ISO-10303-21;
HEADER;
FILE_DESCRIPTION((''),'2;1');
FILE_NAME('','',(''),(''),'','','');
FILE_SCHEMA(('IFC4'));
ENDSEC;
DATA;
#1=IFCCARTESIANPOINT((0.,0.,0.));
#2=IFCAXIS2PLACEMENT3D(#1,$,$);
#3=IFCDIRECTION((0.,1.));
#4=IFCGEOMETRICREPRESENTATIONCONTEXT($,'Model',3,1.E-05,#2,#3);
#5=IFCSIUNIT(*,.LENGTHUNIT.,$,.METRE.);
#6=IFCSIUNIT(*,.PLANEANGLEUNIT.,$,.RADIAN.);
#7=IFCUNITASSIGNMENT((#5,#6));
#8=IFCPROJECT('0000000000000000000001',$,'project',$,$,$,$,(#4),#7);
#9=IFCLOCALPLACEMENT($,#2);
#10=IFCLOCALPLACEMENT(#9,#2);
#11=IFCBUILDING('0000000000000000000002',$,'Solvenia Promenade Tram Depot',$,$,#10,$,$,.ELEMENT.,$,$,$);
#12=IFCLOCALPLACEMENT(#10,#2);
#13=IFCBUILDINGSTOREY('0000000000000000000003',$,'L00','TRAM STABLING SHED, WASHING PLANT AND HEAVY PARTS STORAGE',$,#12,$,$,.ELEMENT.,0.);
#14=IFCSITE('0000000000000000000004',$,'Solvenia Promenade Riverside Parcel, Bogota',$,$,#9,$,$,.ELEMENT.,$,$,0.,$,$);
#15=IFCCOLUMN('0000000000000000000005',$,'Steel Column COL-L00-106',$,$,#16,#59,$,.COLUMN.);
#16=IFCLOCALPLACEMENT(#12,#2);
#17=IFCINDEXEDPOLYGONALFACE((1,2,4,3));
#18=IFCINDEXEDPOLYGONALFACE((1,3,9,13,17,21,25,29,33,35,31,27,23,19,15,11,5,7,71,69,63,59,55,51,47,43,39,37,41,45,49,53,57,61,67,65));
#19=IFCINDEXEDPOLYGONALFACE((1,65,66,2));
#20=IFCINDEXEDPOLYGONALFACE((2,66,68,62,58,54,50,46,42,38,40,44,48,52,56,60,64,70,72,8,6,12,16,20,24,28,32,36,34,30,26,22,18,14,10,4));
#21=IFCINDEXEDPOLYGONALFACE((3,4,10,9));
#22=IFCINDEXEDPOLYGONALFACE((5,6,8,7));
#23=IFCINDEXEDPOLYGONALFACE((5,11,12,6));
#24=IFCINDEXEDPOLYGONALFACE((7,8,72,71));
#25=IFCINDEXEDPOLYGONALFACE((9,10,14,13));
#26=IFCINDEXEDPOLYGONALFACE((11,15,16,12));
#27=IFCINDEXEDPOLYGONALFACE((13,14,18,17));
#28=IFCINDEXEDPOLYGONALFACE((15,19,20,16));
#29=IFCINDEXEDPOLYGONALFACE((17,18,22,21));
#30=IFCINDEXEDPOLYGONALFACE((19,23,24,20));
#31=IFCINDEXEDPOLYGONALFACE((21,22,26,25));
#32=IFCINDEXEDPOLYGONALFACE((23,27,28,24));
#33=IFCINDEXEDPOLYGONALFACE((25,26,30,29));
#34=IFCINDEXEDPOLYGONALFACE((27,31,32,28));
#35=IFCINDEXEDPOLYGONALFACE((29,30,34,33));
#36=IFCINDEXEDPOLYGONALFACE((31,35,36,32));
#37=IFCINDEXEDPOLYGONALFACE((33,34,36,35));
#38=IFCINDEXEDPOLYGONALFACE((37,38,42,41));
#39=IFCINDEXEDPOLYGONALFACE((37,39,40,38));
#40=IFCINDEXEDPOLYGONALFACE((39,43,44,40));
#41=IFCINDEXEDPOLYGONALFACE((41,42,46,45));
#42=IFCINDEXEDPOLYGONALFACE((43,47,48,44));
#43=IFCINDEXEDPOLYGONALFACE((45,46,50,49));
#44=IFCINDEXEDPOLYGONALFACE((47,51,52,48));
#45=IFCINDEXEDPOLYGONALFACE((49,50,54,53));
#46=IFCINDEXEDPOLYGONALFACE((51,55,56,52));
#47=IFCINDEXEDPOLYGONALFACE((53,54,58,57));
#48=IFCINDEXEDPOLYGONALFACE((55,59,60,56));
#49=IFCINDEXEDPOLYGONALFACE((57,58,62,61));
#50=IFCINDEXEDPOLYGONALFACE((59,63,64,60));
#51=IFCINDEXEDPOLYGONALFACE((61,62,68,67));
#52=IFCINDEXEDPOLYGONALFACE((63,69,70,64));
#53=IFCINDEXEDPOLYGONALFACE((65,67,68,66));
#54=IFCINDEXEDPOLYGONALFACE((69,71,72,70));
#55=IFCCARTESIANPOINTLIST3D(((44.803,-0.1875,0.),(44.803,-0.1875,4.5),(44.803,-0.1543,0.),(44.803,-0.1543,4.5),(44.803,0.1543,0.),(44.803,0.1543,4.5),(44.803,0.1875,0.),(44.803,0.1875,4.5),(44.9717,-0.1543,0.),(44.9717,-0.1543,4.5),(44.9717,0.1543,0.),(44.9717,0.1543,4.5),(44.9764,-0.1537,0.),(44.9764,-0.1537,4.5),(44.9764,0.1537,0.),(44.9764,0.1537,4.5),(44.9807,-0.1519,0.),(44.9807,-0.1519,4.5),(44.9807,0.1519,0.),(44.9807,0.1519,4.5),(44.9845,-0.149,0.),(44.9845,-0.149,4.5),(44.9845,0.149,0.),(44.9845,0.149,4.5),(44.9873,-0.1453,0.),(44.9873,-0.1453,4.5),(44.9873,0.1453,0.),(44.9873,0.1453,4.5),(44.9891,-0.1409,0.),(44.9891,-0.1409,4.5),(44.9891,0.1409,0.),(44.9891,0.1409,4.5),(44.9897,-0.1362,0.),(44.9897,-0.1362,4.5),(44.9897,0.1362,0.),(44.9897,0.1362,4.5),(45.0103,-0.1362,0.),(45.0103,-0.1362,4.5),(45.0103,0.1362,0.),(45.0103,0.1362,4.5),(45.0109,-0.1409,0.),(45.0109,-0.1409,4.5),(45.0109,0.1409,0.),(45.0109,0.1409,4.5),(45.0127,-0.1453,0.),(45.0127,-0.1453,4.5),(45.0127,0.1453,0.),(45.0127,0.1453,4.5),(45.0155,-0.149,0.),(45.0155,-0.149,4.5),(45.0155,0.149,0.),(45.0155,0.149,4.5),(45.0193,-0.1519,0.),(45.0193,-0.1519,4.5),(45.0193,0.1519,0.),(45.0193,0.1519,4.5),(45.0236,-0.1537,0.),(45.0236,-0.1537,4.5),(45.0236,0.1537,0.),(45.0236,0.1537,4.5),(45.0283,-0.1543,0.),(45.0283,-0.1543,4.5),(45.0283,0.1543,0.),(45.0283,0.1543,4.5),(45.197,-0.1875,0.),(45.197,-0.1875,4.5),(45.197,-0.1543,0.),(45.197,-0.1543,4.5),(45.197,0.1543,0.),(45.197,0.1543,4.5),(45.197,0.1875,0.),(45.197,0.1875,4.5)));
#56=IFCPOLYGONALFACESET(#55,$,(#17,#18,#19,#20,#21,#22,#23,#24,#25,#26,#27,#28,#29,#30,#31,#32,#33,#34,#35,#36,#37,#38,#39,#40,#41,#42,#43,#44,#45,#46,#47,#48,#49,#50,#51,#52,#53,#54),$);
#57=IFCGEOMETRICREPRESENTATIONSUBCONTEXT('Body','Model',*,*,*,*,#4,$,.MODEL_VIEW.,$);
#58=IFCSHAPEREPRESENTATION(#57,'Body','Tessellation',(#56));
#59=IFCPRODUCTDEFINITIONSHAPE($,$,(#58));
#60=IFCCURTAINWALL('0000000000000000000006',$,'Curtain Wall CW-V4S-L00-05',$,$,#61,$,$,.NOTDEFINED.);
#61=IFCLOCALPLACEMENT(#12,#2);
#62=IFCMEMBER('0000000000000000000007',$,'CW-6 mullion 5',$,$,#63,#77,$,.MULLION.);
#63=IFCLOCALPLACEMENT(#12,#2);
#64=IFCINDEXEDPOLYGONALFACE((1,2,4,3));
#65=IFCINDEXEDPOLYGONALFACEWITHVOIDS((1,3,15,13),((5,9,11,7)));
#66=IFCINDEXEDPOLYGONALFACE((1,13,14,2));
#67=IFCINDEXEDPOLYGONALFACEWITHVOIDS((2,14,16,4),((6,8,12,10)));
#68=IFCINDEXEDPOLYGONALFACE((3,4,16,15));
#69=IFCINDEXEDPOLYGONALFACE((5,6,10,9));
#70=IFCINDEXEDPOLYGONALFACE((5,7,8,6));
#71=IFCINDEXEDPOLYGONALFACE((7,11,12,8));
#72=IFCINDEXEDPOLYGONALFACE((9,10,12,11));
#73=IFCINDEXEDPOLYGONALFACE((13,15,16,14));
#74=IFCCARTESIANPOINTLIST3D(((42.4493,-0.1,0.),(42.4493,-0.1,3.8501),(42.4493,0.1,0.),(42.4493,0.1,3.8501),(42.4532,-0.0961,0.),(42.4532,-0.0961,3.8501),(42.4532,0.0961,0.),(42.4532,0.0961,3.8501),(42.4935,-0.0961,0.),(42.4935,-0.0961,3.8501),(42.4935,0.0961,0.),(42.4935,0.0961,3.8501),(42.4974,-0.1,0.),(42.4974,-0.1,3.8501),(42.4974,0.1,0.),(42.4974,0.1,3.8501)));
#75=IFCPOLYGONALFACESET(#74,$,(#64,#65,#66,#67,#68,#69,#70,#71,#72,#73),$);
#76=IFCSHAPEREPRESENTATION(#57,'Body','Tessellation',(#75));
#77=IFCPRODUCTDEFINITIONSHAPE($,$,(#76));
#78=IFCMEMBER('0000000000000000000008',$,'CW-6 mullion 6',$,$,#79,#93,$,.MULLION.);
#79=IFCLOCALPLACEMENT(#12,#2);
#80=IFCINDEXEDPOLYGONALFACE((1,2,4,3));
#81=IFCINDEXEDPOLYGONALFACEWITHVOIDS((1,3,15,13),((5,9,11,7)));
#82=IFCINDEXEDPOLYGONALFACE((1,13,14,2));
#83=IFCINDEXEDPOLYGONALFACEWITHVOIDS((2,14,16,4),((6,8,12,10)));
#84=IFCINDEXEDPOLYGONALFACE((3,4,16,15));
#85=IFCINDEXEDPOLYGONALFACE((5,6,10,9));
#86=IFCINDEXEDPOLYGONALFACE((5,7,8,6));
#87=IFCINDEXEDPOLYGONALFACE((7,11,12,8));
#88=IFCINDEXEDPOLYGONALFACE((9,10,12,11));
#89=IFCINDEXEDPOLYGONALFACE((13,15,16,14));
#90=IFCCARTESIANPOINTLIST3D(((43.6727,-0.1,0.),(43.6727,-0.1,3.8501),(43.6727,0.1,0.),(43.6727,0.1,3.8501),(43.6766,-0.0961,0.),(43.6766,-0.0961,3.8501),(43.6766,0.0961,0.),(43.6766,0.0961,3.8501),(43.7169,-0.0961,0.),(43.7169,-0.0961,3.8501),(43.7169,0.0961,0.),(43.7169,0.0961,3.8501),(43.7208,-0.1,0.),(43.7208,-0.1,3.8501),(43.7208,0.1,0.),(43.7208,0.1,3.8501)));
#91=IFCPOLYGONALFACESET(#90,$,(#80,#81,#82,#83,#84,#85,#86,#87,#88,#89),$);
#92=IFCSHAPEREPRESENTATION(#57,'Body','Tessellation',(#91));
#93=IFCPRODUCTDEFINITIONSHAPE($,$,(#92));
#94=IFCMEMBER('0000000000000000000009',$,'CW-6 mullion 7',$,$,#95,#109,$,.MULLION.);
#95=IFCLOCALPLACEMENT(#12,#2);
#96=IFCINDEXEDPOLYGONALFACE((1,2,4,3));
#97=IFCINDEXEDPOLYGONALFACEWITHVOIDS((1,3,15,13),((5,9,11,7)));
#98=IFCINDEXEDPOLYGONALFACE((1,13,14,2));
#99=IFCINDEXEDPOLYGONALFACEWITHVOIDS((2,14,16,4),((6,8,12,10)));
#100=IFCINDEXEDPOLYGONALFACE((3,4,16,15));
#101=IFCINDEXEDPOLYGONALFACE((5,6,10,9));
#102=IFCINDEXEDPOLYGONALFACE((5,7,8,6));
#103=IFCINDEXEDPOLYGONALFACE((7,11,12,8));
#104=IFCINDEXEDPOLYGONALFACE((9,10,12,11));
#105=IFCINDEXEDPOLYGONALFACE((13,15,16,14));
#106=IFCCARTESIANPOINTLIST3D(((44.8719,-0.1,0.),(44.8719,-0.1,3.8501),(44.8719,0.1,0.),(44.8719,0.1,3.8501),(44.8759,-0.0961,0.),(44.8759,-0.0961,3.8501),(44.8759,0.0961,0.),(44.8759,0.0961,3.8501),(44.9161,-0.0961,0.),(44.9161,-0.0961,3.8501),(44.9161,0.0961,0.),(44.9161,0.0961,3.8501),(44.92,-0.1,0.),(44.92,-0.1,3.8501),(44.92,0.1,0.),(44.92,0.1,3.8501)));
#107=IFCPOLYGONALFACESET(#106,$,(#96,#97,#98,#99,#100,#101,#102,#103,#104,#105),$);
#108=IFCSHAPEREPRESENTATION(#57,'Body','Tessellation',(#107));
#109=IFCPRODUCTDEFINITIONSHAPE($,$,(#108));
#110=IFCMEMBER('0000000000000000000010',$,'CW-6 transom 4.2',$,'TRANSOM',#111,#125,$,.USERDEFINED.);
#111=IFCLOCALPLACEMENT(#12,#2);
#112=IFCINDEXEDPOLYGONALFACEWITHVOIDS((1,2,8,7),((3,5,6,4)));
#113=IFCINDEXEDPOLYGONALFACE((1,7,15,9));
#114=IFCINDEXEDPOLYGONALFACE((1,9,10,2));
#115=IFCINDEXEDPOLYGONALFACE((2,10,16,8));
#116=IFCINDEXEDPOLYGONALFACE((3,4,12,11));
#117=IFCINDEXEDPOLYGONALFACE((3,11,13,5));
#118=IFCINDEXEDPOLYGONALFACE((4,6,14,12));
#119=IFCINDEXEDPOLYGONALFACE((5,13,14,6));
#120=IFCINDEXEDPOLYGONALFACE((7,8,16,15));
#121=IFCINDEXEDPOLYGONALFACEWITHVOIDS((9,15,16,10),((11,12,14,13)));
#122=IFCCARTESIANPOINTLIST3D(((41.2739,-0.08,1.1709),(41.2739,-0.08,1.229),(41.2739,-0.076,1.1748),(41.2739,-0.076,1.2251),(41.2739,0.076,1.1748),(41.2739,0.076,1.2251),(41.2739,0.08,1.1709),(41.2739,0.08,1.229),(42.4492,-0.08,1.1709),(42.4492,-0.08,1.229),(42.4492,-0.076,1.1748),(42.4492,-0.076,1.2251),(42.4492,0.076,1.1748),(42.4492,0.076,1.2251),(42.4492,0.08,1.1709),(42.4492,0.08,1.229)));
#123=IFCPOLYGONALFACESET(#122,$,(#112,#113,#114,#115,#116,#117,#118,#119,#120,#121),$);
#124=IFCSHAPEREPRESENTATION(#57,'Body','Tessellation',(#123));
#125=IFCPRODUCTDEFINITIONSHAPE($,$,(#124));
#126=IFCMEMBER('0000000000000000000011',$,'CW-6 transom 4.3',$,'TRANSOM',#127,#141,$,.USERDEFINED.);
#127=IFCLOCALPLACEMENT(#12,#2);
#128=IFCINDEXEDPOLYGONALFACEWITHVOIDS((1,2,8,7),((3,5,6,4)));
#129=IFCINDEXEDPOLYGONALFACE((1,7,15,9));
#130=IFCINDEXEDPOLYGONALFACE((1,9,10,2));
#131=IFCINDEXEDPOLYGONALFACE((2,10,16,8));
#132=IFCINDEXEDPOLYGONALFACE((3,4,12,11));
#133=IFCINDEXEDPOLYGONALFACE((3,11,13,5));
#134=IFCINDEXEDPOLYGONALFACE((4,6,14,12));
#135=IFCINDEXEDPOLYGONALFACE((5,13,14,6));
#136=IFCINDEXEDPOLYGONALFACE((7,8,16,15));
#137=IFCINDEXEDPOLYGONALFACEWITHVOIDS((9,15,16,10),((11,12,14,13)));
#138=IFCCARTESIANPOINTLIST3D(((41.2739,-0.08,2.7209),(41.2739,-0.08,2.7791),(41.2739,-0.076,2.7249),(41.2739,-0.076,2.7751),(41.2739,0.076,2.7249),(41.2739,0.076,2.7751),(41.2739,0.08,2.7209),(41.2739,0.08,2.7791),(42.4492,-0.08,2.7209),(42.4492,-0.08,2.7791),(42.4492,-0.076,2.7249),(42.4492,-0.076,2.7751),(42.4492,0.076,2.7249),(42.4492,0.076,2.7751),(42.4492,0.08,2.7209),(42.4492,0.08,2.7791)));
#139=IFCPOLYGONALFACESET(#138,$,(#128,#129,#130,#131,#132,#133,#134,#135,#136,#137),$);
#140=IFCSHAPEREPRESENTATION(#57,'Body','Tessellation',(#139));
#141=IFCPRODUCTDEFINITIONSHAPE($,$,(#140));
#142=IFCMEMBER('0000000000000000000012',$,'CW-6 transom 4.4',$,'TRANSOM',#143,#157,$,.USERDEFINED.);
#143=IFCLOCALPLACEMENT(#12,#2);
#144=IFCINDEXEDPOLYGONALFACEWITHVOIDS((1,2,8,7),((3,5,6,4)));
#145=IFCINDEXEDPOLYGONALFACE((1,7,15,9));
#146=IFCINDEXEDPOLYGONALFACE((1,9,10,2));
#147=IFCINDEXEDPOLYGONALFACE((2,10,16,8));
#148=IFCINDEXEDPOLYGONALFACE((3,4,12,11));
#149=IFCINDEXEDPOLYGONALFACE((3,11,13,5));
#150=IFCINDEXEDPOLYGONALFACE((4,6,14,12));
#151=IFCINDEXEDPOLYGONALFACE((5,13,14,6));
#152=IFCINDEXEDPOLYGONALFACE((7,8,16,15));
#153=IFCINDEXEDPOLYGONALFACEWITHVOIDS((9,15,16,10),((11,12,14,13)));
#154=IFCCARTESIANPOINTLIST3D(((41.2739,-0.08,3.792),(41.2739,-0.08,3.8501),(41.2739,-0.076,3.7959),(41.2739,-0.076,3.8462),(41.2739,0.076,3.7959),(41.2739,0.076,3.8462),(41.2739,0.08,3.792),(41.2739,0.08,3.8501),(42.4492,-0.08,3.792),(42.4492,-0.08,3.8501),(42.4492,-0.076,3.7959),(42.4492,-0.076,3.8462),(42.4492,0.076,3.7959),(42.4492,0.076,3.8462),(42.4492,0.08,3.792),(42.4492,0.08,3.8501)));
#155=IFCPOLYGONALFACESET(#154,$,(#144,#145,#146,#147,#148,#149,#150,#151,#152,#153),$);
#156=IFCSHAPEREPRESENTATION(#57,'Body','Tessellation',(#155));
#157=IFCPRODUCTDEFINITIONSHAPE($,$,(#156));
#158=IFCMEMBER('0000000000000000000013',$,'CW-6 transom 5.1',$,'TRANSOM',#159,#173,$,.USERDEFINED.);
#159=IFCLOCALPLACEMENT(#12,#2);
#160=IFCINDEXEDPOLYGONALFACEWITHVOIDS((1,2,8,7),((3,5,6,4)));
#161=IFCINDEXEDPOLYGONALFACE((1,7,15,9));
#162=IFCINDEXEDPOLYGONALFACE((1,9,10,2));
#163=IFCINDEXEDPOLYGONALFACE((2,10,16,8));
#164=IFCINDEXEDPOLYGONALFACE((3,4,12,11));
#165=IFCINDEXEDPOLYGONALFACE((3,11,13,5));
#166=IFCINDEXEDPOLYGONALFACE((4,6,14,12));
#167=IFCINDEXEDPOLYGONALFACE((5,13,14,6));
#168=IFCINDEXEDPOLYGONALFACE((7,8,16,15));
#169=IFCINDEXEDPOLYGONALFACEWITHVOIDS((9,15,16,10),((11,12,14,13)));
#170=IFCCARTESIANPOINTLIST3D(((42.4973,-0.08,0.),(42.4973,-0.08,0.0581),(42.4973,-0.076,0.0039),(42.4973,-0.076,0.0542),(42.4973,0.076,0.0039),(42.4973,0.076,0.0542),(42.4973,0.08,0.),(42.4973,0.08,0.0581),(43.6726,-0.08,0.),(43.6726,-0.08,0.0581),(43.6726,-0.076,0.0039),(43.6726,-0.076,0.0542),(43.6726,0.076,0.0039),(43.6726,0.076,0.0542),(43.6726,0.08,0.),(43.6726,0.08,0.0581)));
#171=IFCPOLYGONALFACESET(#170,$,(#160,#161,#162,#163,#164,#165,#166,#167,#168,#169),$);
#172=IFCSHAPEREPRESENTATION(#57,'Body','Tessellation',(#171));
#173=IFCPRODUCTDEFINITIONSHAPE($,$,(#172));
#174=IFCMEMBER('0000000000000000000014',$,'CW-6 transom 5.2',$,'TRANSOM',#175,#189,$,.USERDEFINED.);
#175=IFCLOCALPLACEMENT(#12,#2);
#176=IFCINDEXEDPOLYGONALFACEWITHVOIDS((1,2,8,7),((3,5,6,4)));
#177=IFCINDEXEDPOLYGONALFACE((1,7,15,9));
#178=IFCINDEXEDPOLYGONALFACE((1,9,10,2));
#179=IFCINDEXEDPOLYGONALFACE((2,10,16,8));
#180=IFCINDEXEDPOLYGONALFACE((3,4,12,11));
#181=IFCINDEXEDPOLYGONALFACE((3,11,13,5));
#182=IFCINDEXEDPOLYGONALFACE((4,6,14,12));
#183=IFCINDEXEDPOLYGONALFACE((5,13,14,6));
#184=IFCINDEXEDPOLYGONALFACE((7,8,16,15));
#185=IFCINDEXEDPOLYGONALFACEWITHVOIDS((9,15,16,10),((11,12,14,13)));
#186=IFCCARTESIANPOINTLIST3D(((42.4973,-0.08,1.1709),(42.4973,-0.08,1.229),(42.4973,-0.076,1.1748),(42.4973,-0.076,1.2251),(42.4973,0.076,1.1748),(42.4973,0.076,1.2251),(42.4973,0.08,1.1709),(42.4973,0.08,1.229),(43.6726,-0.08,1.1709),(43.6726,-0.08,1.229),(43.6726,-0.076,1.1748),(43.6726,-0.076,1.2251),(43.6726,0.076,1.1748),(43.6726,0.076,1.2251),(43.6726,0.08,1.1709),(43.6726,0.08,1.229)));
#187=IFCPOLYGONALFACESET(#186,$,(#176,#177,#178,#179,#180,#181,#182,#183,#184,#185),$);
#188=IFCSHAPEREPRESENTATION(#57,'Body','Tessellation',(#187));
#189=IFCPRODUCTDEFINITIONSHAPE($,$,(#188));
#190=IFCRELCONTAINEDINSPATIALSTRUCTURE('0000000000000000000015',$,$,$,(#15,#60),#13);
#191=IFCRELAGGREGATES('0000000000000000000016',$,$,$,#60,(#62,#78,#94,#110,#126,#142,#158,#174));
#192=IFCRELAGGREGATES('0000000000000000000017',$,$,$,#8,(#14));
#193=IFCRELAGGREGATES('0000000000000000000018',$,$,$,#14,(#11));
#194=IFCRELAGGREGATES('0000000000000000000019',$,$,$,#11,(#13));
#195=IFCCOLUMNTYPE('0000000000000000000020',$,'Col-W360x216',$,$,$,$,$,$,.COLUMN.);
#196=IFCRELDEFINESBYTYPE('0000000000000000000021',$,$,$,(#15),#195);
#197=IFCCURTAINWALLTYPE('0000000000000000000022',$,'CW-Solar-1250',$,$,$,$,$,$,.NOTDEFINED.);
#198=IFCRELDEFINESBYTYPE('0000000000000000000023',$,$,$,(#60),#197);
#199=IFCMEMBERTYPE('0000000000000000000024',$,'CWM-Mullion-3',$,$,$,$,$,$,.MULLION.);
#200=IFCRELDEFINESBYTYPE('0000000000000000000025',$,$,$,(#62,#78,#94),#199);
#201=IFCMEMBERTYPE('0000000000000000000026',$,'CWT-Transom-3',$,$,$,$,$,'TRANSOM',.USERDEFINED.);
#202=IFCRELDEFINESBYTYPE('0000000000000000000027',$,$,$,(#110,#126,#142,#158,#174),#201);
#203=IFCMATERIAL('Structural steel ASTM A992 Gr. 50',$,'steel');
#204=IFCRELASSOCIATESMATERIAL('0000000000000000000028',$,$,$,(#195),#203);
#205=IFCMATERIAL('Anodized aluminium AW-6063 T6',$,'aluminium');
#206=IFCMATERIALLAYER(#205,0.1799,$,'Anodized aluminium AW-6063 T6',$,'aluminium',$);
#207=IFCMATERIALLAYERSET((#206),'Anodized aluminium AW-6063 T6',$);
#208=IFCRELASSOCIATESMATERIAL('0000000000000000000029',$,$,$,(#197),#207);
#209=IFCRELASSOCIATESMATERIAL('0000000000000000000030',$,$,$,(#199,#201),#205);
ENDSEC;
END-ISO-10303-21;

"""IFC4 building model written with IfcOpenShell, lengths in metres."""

from ifc_helpers import new_model, si_unit, direction, frame, origin, origin_2d, place, context, subcontext, project, spatial, hollow_rectangle, i_section, extrude, material, layer, layer_set, material_profile, profile_set, type_object, element, aggregate, save


model = new_model("IFC4")

# Units and contexts
model_context = context("Model", 3, precision=1e-05, world=origin(), true_north=direction((0.0, 1.0)))
body_context = subcontext(model_context, "Body", "Model", "MODEL_VIEW")
ifc_project = project(units=[si_unit("LENGTHUNIT", "METRE"), si_unit("PLANEANGLEUNIT", "RADIAN")], contexts=[model_context])

# Site, building, storey
site_placement = place(None, origin())
site = spatial("IfcSite", under=ifc_project, at=site_placement, Name="Solvenia Promenade Riverside Parcel, Bogota", CompositionType="ELEMENT", RefElevation=0.0)
building_placement = place(site_placement, origin())
building = spatial("IfcBuilding", under=site, at=building_placement, Name="Solvenia Promenade Tram Depot", CompositionType="ELEMENT")
storey_placement = place(building_placement, origin())
storey = spatial("IfcBuildingStorey", under=building, at=storey_placement, Name="L00", Description="TRAM STABLING SHED, WASHING PLANT AND HEAVY PARTS STORAGE", CompositionType="ELEMENT", Elevation=0.0)

# Column
ifc_material_1 = material(Name="Structural steel ASTM A992 Gr. 50", Category="steel")
ifc_material_profile_1 = material_profile(ifc_material_1, i_section(OverallWidth=0.394, OverallDepth=0.375, WebThickness=0.0205, FlangeThickness=0.0332, FilletRadius=0.0181, at=origin_2d()), Name="W360x216", Category="steel")
ifc_profile_set_1 = profile_set([ifc_material_profile_1], Name="Structural steel ASTM A992 Gr. 50")
column_type = type_object("IfcColumnType", Name="Col-W360x216", PredefinedType="COLUMN", material=ifc_profile_set_1)
column_placement = place(storey_placement, frame((45.0, 0.0, 0.0), z_axis=(0.0, 0.0, 1.0), x_axis=(1.0, 0.0, 0.0)))
element("IfcColumn", 1, at=column_placement, inside=storey, type_object=column_type, Name="Steel Column COL-L00-106", PredefinedType="COLUMN", context=body_context, shape_type="SweptSolid", body=[
    extrude(i_section(OverallWidth=0.394, OverallDepth=0.375, WebThickness=0.0205, FlangeThickness=0.0332, FilletRadius=0.0181, at=origin_2d()), origin(), (0.0, 0.0, 1.0), 4.5),
])

# Curtain wall, members
ifc_material_2 = material(Name="Anodized aluminium AW-6063 T6", Category="aluminium")
ifc_layer_1 = layer(ifc_material_2, 0.1799, Name="Anodized aluminium AW-6063 T6", Category="aluminium")
ifc_layer_set_1 = layer_set([ifc_layer_1], Name="Anodized aluminium AW-6063 T6")
curtain_wall_type = type_object("IfcCurtainWallType", Name="CW-Solar-1250", PredefinedType="NOTDEFINED", material=ifc_layer_set_1)
curtain_wall_placement = place(storey_placement, origin())
curtain_wall = element("IfcCurtainWall", 2, at=curtain_wall_placement, inside=storey, type_object=curtain_wall_type, Name="Curtain Wall CW-V4S-L00-05", PredefinedType="NOTDEFINED")
ifc_material_profile_2 = material_profile(ifc_material_2, hollow_rectangle(XDim=0.2, YDim=0.0481, WallThickness=0.0039, at=origin_2d()), Name="ALU-M3", Category="aluminium")
ifc_profile_set_2 = profile_set([ifc_material_profile_2], Name="Anodized aluminium AW-6063 T6")
member_type_1 = type_object("IfcMemberType", Name="CWM-Mullion-3", PredefinedType="MULLION", material=ifc_profile_set_2)
member_1_placement = place(storey_placement, frame((42.4734, 0.0, 0.0), z_axis=(0.0, 0.0, 1.0), x_axis=(0.0, 1.0, 0.0)))
member_1 = element("IfcMember", 3, at=member_1_placement, type_object=member_type_1, Name="CW-6 mullion 5", PredefinedType="MULLION", context=body_context, shape_type="SweptSolid", body=[
    extrude(hollow_rectangle(XDim=0.2, YDim=0.0481, WallThickness=0.0039, at=origin_2d()), origin(), (0.0, 0.0, 1.0), 3.8501),
])
member_2_placement = place(storey_placement, frame((43.6968, 0.0, 0.0), z_axis=(0.0, 0.0, 1.0), x_axis=(0.0, 1.0, 0.0)))
member_2 = element("IfcMember", 4, at=member_2_placement, type_object=member_type_1, Name="CW-6 mullion 6", PredefinedType="MULLION", context=body_context, shape_type="SweptSolid", body=[
    extrude(hollow_rectangle(XDim=0.2, YDim=0.0481, WallThickness=0.0039, at=origin_2d()), origin(), (0.0, 0.0, 1.0), 3.8501),
])
member_3_placement = place(storey_placement, frame((44.896, 0.0, 0.0), z_axis=(0.0, 0.0, 1.0), x_axis=(0.0, 1.0, 0.0)))
member_3 = element("IfcMember", 5, at=member_3_placement, type_object=member_type_1, Name="CW-6 mullion 7", PredefinedType="MULLION", context=body_context, shape_type="SweptSolid", body=[
    extrude(hollow_rectangle(XDim=0.2, YDim=0.0481, WallThickness=0.0039, at=origin_2d()), origin(), (0.0, 0.0, 1.0), 3.8501),
])
ifc_material_profile_3 = material_profile(ifc_material_2, hollow_rectangle(XDim=0.1599, YDim=0.0581, WallThickness=0.0039, at=origin_2d()), Name="ALU-T3", Category="aluminium")
ifc_profile_set_3 = profile_set([ifc_material_profile_3], Name="Anodized aluminium AW-6063 T6")
member_type_2 = type_object("IfcMemberType", Name="CWT-Transom-3", ElementType="TRANSOM", PredefinedType="USERDEFINED", material=ifc_profile_set_3)
member_4_placement = place(storey_placement, frame((41.2739, 0.0, 1.2), z_axis=(1.0, 0.0, 0.0), x_axis=(0.0, 1.0, 0.0)))
member_4 = element("IfcMember", 6, at=member_4_placement, type_object=member_type_2, Name="CW-6 transom 4.2", ObjectType="TRANSOM", PredefinedType="USERDEFINED", context=body_context, shape_type="SweptSolid", body=[
    extrude(hollow_rectangle(XDim=0.1599, YDim=0.0581, WallThickness=0.0039, at=origin_2d()), origin(), (0.0, 0.0, 1.0), 1.1753),
])
member_5_placement = place(storey_placement, frame((41.2739, 0.0, 2.75), z_axis=(1.0, 0.0, 0.0), x_axis=(0.0, 1.0, 0.0)))
member_5 = element("IfcMember", 7, at=member_5_placement, type_object=member_type_2, Name="CW-6 transom 4.3", ObjectType="TRANSOM", PredefinedType="USERDEFINED", context=body_context, shape_type="SweptSolid", body=[
    extrude(hollow_rectangle(XDim=0.1599, YDim=0.0581, WallThickness=0.0039, at=origin_2d()), origin(), (0.0, 0.0, 1.0), 1.1753),
])
member_6_placement = place(storey_placement, frame((41.2739, 0.0, 3.821), z_axis=(1.0, 0.0, 0.0), x_axis=(0.0, 1.0, 0.0)))
member_6 = element("IfcMember", 8, at=member_6_placement, type_object=member_type_2, Name="CW-6 transom 4.4", ObjectType="TRANSOM", PredefinedType="USERDEFINED", context=body_context, shape_type="SweptSolid", body=[
    extrude(hollow_rectangle(XDim=0.1599, YDim=0.0581, WallThickness=0.0039, at=origin_2d()), origin(), (0.0, 0.0, 1.0), 1.1753),
])
member_7_placement = place(storey_placement, frame((42.4973, 0.0, 0.0291), z_axis=(1.0, 0.0, 0.0), x_axis=(0.0, 1.0, 0.0)))
member_7 = element("IfcMember", 9, at=member_7_placement, type_object=member_type_2, Name="CW-6 transom 5.1", ObjectType="TRANSOM", PredefinedType="USERDEFINED", context=body_context, shape_type="SweptSolid", body=[
    extrude(hollow_rectangle(XDim=0.1599, YDim=0.0581, WallThickness=0.0039, at=origin_2d()), origin(), (0.0, 0.0, 1.0), 1.1753),
])
member_8_placement = place(storey_placement, frame((42.4973, 0.0, 1.2), z_axis=(1.0, 0.0, 0.0), x_axis=(0.0, 1.0, 0.0)))
member_8 = element("IfcMember", 10, at=member_8_placement, type_object=member_type_2, Name="CW-6 transom 5.2", ObjectType="TRANSOM", PredefinedType="USERDEFINED", context=body_context, shape_type="SweptSolid", body=[
    extrude(hollow_rectangle(XDim=0.1599, YDim=0.0581, WallThickness=0.0039, at=origin_2d()), origin(), (0.0, 0.0, 1.0), 1.1753),
])
aggregate(curtain_wall, [member_1, member_2, member_3, member_4, member_5, member_6, member_7, member_8])

save(model, "model.ifc")
